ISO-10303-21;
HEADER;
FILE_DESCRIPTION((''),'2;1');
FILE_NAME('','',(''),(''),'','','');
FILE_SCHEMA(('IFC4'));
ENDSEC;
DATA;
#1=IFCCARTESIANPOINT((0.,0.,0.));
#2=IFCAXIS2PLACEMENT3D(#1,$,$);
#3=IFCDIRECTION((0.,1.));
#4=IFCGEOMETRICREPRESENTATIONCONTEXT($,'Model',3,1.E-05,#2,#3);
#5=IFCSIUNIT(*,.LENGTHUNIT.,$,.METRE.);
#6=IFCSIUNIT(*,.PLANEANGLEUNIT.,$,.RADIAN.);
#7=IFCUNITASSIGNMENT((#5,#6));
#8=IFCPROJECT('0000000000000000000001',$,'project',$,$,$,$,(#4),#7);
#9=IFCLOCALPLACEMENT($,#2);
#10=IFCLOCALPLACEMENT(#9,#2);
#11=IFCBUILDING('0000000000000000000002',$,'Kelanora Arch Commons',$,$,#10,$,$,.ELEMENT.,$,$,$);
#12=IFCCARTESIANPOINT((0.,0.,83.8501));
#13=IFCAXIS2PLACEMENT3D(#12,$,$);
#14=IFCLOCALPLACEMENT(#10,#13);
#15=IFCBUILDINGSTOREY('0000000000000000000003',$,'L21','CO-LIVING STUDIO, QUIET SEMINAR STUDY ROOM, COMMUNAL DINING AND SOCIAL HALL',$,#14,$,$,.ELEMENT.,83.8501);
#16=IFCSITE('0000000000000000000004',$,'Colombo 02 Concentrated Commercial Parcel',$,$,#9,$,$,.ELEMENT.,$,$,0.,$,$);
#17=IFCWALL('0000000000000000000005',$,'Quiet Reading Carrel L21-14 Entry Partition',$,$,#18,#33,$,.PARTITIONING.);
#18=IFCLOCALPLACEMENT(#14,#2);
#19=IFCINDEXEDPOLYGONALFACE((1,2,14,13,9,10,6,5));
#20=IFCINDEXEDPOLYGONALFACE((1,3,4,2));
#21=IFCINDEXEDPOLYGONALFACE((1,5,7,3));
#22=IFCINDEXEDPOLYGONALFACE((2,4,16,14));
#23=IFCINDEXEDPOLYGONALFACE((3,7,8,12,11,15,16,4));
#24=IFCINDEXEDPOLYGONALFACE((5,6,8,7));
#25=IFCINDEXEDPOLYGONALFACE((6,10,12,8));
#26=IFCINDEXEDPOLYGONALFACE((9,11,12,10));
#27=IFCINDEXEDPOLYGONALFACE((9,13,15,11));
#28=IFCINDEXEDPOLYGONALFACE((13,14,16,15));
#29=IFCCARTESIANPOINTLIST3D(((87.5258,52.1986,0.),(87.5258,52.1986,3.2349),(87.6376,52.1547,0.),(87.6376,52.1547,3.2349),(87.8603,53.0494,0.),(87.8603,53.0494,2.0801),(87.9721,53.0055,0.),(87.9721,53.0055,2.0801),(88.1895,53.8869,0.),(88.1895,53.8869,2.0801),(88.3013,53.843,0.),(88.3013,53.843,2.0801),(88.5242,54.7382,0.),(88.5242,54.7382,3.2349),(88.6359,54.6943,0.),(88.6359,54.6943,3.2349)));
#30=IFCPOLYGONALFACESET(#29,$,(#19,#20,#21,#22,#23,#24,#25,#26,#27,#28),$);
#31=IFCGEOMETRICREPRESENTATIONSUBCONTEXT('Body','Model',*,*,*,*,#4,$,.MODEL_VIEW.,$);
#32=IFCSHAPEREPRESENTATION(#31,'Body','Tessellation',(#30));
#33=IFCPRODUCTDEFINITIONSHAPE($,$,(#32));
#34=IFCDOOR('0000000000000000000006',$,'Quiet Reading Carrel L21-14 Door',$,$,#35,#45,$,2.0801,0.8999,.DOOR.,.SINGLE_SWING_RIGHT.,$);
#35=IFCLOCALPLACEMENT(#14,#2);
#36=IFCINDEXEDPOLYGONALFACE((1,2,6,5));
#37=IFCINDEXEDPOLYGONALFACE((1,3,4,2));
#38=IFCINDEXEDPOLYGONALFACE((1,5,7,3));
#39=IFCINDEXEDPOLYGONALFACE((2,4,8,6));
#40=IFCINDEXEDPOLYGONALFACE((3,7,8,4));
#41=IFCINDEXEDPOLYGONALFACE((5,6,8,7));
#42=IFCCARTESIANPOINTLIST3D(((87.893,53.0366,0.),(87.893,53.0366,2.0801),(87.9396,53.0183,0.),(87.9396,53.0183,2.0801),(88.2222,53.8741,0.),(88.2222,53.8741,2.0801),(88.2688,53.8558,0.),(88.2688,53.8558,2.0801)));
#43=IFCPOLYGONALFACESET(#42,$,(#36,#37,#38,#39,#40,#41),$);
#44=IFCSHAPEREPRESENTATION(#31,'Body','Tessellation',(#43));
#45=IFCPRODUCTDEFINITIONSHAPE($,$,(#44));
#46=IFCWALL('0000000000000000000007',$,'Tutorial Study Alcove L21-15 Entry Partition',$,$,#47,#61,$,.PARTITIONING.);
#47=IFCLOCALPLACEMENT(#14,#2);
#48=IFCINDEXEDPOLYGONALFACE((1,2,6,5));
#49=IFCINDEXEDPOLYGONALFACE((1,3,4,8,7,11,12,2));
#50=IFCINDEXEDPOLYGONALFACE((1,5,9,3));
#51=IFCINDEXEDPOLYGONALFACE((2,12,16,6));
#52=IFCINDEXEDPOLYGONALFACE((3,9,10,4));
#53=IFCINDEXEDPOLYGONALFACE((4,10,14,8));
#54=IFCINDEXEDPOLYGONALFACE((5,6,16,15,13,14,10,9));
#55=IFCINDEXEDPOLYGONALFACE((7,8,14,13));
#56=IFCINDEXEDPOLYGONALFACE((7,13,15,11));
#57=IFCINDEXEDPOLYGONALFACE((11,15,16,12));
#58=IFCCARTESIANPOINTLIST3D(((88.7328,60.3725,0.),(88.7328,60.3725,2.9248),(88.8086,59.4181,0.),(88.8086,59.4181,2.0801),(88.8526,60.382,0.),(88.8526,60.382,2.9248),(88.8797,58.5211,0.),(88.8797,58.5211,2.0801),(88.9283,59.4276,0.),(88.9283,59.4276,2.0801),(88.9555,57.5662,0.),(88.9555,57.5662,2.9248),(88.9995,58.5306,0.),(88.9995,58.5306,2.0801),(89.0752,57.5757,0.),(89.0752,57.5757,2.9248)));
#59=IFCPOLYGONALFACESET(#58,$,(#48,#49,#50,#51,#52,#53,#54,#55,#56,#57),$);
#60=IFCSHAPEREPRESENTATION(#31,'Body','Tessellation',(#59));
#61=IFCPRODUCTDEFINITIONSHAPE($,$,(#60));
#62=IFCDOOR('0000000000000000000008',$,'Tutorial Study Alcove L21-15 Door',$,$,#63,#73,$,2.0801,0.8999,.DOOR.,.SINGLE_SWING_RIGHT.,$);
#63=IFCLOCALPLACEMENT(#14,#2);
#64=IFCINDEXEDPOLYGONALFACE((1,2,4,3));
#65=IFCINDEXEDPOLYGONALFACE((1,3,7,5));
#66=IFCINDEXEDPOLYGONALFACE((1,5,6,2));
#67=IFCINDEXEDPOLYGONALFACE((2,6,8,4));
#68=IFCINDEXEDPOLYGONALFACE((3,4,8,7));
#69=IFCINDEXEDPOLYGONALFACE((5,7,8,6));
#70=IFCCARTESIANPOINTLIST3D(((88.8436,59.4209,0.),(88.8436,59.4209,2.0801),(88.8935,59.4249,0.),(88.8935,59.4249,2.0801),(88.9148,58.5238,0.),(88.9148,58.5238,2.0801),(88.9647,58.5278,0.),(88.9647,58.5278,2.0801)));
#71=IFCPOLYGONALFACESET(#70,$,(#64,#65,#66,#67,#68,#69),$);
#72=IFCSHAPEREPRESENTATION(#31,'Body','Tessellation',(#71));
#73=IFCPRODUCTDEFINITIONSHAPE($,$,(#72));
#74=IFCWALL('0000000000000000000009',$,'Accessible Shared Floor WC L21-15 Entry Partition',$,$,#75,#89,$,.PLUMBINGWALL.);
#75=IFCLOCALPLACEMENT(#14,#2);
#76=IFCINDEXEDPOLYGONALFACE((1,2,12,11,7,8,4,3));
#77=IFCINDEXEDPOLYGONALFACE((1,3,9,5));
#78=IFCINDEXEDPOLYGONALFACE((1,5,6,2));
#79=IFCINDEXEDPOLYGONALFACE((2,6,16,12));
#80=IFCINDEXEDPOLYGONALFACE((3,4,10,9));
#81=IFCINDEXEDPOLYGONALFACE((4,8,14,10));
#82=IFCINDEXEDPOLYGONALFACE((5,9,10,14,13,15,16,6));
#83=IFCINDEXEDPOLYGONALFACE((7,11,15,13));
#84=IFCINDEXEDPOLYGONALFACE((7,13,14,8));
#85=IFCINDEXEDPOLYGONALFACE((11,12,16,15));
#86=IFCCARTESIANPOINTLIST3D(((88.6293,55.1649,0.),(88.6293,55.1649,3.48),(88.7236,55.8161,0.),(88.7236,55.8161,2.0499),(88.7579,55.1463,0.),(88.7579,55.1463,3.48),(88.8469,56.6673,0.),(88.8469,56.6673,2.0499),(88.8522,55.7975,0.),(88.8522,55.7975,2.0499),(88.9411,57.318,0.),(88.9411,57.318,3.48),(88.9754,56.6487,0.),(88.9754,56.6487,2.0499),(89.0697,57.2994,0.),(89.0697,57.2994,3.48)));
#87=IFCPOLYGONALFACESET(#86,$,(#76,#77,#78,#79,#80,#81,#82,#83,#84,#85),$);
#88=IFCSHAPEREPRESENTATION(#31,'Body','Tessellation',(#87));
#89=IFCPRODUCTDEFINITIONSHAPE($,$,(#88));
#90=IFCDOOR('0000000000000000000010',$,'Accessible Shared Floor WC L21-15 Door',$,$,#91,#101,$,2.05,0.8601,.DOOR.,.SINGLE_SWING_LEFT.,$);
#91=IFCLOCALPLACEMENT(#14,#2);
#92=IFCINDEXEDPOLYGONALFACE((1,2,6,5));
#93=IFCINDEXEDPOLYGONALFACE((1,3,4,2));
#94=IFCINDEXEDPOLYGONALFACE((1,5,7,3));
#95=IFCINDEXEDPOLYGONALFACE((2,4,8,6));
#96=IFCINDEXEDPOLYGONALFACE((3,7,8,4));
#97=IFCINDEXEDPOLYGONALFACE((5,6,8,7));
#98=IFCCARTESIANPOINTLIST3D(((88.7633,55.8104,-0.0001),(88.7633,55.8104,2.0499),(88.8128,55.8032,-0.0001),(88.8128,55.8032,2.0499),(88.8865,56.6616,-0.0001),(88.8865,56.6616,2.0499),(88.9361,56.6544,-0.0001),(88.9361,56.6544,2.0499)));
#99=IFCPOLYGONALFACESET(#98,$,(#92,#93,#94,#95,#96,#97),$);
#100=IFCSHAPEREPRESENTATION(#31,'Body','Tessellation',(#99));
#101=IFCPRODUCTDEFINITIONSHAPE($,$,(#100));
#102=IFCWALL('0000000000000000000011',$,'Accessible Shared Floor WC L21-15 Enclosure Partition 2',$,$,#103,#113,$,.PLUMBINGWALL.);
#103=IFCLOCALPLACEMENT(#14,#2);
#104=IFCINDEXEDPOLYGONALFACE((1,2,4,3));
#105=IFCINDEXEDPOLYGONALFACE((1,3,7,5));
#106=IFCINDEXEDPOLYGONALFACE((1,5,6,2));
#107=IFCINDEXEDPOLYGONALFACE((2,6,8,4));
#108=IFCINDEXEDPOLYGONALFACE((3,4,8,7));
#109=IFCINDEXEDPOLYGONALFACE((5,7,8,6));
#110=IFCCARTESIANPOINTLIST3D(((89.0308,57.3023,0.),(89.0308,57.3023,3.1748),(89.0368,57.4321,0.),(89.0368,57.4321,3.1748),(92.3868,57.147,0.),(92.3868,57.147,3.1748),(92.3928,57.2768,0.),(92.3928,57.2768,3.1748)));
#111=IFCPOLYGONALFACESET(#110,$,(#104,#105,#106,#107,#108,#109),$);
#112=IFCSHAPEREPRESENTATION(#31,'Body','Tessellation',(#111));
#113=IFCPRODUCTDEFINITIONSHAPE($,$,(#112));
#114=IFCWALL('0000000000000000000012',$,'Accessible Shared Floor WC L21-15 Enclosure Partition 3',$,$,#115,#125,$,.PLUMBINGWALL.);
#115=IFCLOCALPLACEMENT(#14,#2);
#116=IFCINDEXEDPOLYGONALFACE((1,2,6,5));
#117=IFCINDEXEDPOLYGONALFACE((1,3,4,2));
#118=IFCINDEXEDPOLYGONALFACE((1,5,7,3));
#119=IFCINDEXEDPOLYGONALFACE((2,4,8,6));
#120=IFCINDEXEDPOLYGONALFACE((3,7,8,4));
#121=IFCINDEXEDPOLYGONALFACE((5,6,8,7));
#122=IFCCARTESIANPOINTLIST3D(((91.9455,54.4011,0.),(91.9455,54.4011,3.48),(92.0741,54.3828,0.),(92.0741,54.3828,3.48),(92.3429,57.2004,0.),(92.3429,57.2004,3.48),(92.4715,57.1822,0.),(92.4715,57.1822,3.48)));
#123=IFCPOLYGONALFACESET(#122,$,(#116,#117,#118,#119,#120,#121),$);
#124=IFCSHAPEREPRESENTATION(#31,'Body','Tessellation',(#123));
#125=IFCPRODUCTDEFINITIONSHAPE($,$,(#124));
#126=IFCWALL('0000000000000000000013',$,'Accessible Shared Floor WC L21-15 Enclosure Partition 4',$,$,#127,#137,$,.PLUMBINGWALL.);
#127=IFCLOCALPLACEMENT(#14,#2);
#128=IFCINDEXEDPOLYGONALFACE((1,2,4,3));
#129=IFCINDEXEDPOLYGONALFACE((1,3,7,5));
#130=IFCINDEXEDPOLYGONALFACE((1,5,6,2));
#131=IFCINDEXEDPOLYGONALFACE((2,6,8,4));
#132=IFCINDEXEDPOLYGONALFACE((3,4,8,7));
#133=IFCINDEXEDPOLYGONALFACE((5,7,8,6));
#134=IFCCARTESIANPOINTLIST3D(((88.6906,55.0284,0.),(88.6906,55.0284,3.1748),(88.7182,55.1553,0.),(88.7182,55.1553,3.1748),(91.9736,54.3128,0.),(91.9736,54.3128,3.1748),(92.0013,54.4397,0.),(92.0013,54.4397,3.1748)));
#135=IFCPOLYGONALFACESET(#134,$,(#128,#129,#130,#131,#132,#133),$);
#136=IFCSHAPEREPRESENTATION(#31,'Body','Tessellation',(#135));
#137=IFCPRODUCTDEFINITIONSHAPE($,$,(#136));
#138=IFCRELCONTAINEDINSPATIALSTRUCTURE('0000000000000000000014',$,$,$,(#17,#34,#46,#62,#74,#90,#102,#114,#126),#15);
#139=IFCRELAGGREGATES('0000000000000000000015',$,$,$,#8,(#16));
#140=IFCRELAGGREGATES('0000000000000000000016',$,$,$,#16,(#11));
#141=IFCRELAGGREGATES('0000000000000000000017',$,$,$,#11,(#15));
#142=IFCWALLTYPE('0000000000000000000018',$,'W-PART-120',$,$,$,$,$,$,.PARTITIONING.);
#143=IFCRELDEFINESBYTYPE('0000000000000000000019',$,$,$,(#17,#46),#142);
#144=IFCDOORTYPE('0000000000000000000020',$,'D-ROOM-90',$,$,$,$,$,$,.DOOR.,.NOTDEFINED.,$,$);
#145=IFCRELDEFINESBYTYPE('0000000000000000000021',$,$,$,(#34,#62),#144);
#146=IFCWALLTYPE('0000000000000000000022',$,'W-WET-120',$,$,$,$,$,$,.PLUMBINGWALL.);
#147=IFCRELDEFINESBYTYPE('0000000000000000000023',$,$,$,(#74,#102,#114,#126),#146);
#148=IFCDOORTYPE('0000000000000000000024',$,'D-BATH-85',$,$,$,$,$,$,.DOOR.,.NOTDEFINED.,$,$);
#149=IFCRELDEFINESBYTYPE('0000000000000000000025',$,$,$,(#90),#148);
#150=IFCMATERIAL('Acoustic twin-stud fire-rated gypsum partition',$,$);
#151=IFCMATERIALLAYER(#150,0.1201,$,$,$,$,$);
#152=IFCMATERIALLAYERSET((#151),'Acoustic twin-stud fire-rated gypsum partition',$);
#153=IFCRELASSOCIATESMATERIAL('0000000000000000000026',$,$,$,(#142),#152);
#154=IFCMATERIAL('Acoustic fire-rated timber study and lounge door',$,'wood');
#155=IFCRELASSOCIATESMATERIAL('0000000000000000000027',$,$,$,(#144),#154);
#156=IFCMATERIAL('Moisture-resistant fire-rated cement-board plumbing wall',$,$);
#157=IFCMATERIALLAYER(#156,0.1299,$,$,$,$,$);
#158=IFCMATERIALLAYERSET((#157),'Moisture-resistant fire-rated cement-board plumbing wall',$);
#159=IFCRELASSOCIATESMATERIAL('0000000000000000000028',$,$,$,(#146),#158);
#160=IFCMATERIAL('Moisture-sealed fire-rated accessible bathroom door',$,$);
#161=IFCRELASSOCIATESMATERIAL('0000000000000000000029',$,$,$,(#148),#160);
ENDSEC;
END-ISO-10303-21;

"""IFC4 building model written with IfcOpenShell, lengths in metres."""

from ifc_helpers import new_model, si_unit, direction, frame, frame_2d, origin, place, context, subcontext, project, spatial, rectangle, extrude, material, layer, layer_set, type_object, element, fill, save


model = new_model("IFC4")

# Units and contexts
model_context = context("Model", 3, precision=1e-05, world=origin(), true_north=direction((0.0, 1.0)))
body_context = subcontext(model_context, "Body", "Model", "MODEL_VIEW")
ifc_project = project(units=[si_unit("LENGTHUNIT", "METRE"), si_unit("PLANEANGLEUNIT", "RADIAN")], contexts=[model_context])

# Site, building, storey
site_placement = place(None, origin())
site = spatial("IfcSite", under=ifc_project, at=site_placement, Name="Colombo 02 Concentrated Commercial Parcel", CompositionType="ELEMENT", RefElevation=0.0)
building_placement = place(site_placement, origin())
building = spatial("IfcBuilding", under=site, at=building_placement, Name="Kelanora Arch Commons", CompositionType="ELEMENT")
storey_placement = place(building_placement, frame((0.0, 0.0, 83.8501)))
storey = spatial("IfcBuildingStorey", under=building, at=storey_placement, Name="L21", Description="CO-LIVING STUDIO, QUIET SEMINAR STUDY ROOM, COMMUNAL DINING AND SOCIAL HALL", CompositionType="ELEMENT", Elevation=83.8501)

# Walls, openings, doors
ifc_material_1 = material(Name="Acoustic twin-stud fire-rated gypsum partition")
ifc_layer_1 = layer(ifc_material_1, 0.1201)
ifc_layer_set_1 = layer_set([ifc_layer_1], Name="Acoustic twin-stud fire-rated gypsum partition")
wall_type_1 = type_object("IfcWallType", Name="W-PART-120", PredefinedType="PARTITIONING", material=ifc_layer_set_1)
wall_1_placement = place(storey_placement, frame((87.5818, 52.1768, 0.0), z_axis=(0.0, 0.0, 1.0), x_axis=(0.365846, 0.930675, 0.0)))
wall_1 = element("IfcWall", 1, at=wall_1_placement, inside=storey, type_object=wall_type_1, Name="Quiet Reading Carrel L21-14 Entry Partition", PredefinedType="PARTITIONING", context=body_context, shape_type="SweptSolid", body=[
    extrude(rectangle(XDim=2.7288, YDim=0.1201, at=frame_2d((1.3643, 0.0))), origin(), (0.0, 0.0, 1.0), 3.2349),
])
opening_1_placement = place(wall_1_placement, frame((0.9141, 0.0, 0.0)))
opening_1 = element("IfcOpeningElement", 2, at=opening_1_placement, cuts=wall_1, PredefinedType="OPENING", context=body_context, shape_type="SweptSolid", body=[
    extrude(rectangle(XDim=0.8999, YDim=2.0801, at=frame_2d((0.45, 1.04))), frame((0.0, 0.0701, 0.0), z_axis=(0.0, -1.0, 0.0), x_axis=(1.0, 0.0, 0.0)), (0.0, 0.0, 1.0), 0.1401),
])
ifc_material_2 = material(Name="Acoustic fire-rated timber study and lounge door", Category="wood")
door_type_1 = type_object("IfcDoorType", Name="D-ROOM-90", OperationType="NOTDEFINED", PredefinedType="DOOR", material=ifc_material_2)
door_1_placement = place(opening_1_placement, origin())
door_1 = element("IfcDoor", 3, at=door_1_placement, inside=storey, type_object=door_type_1, Name="Quiet Reading Carrel L21-14 Door", OperationType="SINGLE_SWING_RIGHT", OverallHeight=2.0801, OverallWidth=0.8999, PredefinedType="DOOR", context=body_context, shape_type="SweptSolid", body=[
    extrude(rectangle(XDim=0.8999, YDim=2.0801, at=frame_2d((0.45, 1.04))), frame((0.0, 0.0249, 0.0), z_axis=(0.0, -1.0, 0.0), x_axis=(1.0, 0.0, 0.0)), (0.0, 0.0, 1.0), 0.05),
])
fill(opening_1, door_1)
wall_2_placement = place(storey_placement, frame((89.0154, 57.5708, 0.0), z_axis=(0.0, 0.0, 1.0), x_axis=(-0.07909, 0.996867, 0.0)))
wall_2 = element("IfcWall", 4, at=wall_2_placement, inside=storey, type_object=wall_type_1, Name="Tutorial Study Alcove L21-15 Entry Partition", PredefinedType="PARTITIONING", context=body_context, shape_type="SweptSolid", body=[
    extrude(rectangle(XDim=2.8152, YDim=0.1201, at=frame_2d((1.4077, 0.0))), origin(), (0.0, 0.0, 1.0), 2.9248),
])
opening_2_placement = place(wall_2_placement, frame((0.958, 0.0, 0.0)))
opening_2 = element("IfcOpeningElement", 5, at=opening_2_placement, cuts=wall_2, PredefinedType="OPENING", context=body_context, shape_type="SweptSolid", body=[
    extrude(rectangle(XDim=0.8999, YDim=2.0801, at=frame_2d((0.45, 1.04))), frame((0.0, 0.0701, 0.0), z_axis=(0.0, -1.0, 0.0), x_axis=(1.0, 0.0, 0.0)), (0.0, 0.0, 1.0), 0.1401),
])
door_2_placement = place(opening_2_placement, origin())
door_2 = element("IfcDoor", 6, at=door_2_placement, inside=storey, type_object=door_type_1, Name="Tutorial Study Alcove L21-15 Door", OperationType="SINGLE_SWING_RIGHT", OverallHeight=2.0801, OverallWidth=0.8999, PredefinedType="DOOR", context=body_context, shape_type="SweptSolid", body=[
    extrude(rectangle(XDim=0.8999, YDim=2.0801, at=frame_2d((0.45, 1.04))), frame((0.0, 0.0249, 0.0), z_axis=(0.0, -1.0, 0.0), x_axis=(1.0, 0.0, 0.0)), (0.0, 0.0, 1.0), 0.05),
])
fill(opening_2, door_2)
ifc_material_3 = material(Name="Moisture-resistant fire-rated cement-board plumbing wall")
ifc_layer_2 = layer(ifc_material_3, 0.1299)
ifc_layer_set_2 = layer_set([ifc_layer_2], Name="Moisture-resistant fire-rated cement-board plumbing wall")
wall_type_2 = type_object("IfcWallType", Name="W-WET-120", PredefinedType="PLUMBINGWALL", material=ifc_layer_set_2)
wall_3_placement = place(storey_placement, frame((88.6936, 55.1555, 0.0), z_axis=(0.0, 0.0, 1.0), x_axis=(0.143306, 0.989678, 0.0)))
wall_3 = element("IfcWall", 7, at=wall_3_placement, inside=storey, type_object=wall_type_2, Name="Accessible Shared Floor WC L21-15 Entry Partition", PredefinedType="PLUMBINGWALL", context=body_context, shape_type="SweptSolid", body=[
    extrude(rectangle(XDim=2.1755, YDim=0.1299, at=frame_2d((1.0879, 0.0))), origin(), (0.0, 0.0, 1.0), 3.48),
])
opening_3_placement = place(wall_3_placement, frame((0.658, 0.0, 0.0)))
opening_3 = element("IfcOpeningElement", 8, at=opening_3_placement, cuts=wall_3, PredefinedType="OPENING", context=body_context, shape_type="SweptSolid", body=[
    extrude(rectangle(XDim=0.8601, YDim=2.05, at=frame_2d((0.4302, 1.0249))), frame((0.0, 0.075, 0.0), z_axis=(0.0, -1.0, 0.0), x_axis=(1.0, 0.0, 0.0)), (0.0, 0.0, 1.0), 0.1499),
])
ifc_material_4 = material(Name="Moisture-sealed fire-rated accessible bathroom door")
door_type_2 = type_object("IfcDoorType", Name="D-BATH-85", OperationType="NOTDEFINED", PredefinedType="DOOR", material=ifc_material_4)
door_3_placement = place(opening_3_placement, origin())
door_3 = element("IfcDoor", 9, at=door_3_placement, inside=storey, type_object=door_type_2, Name="Accessible Shared Floor WC L21-15 Door", OperationType="SINGLE_SWING_LEFT", OverallHeight=2.05, OverallWidth=0.8601, PredefinedType="DOOR", context=body_context, shape_type="SweptSolid", body=[
    extrude(rectangle(XDim=0.8601, YDim=2.05, at=frame_2d((0.4302, 1.0249))), frame((0.0, 0.0249, 0.0), z_axis=(0.0, -1.0, 0.0), x_axis=(1.0, 0.0, 0.0)), (0.0, 0.0, 1.0), 0.05),
])
fill(opening_3, door_3)

# Walls
wall_4_placement = place(storey_placement, frame((89.0339, 57.3672, 0.0), z_axis=(0.0, 0.0, 1.0), x_axis=(0.998931, -0.046219, 0.0)))
element("IfcWall", 10, at=wall_4_placement, inside=storey, type_object=wall_type_2, Name="Accessible Shared Floor WC L21-15 Enclosure Partition 2", PredefinedType="PLUMBINGWALL", context=body_context, shape_type="SweptSolid", body=[
    extrude(rectangle(XDim=3.3596, YDim=0.1299, at=frame_2d((1.6797, 0.0))), origin(), (0.0, 0.0, 1.0), 3.1748),
])
wall_5_placement = place(storey_placement, frame((92.4072, 57.1912, 0.0), z_axis=(0.0, 0.0, 1.0), x_axis=(-0.140575, -0.99007, 0.0)))
element("IfcWall", 11, at=wall_5_placement, inside=storey, type_object=wall_type_2, Name="Accessible Shared Floor WC L21-15 Enclosure Partition 3", PredefinedType="PLUMBINGWALL", context=body_context, shape_type="SweptSolid", body=[
    extrude(rectangle(XDim=2.8274, YDim=0.1299, at=frame_2d((1.4136, 0.0))), origin(), (0.0, 0.0, 1.0), 3.48),
])
wall_6_placement = place(storey_placement, frame((91.9875, 54.3762, 0.0), z_axis=(0.0, 0.0, 1.0), x_axis=(-0.977059, 0.212967, 0.0)))
element("IfcWall", 12, at=wall_6_placement, inside=storey, type_object=wall_type_2, Name="Accessible Shared Floor WC L21-15 Enclosure Partition 4", PredefinedType="PLUMBINGWALL", context=body_context, shape_type="SweptSolid", body=[
    extrude(rectangle(XDim=3.3601, YDim=0.1299, at=frame_2d((1.6802, 0.0))), origin(), (0.0, 0.0, 1.0), 3.1748),
])

save(model, "model.ifc")
